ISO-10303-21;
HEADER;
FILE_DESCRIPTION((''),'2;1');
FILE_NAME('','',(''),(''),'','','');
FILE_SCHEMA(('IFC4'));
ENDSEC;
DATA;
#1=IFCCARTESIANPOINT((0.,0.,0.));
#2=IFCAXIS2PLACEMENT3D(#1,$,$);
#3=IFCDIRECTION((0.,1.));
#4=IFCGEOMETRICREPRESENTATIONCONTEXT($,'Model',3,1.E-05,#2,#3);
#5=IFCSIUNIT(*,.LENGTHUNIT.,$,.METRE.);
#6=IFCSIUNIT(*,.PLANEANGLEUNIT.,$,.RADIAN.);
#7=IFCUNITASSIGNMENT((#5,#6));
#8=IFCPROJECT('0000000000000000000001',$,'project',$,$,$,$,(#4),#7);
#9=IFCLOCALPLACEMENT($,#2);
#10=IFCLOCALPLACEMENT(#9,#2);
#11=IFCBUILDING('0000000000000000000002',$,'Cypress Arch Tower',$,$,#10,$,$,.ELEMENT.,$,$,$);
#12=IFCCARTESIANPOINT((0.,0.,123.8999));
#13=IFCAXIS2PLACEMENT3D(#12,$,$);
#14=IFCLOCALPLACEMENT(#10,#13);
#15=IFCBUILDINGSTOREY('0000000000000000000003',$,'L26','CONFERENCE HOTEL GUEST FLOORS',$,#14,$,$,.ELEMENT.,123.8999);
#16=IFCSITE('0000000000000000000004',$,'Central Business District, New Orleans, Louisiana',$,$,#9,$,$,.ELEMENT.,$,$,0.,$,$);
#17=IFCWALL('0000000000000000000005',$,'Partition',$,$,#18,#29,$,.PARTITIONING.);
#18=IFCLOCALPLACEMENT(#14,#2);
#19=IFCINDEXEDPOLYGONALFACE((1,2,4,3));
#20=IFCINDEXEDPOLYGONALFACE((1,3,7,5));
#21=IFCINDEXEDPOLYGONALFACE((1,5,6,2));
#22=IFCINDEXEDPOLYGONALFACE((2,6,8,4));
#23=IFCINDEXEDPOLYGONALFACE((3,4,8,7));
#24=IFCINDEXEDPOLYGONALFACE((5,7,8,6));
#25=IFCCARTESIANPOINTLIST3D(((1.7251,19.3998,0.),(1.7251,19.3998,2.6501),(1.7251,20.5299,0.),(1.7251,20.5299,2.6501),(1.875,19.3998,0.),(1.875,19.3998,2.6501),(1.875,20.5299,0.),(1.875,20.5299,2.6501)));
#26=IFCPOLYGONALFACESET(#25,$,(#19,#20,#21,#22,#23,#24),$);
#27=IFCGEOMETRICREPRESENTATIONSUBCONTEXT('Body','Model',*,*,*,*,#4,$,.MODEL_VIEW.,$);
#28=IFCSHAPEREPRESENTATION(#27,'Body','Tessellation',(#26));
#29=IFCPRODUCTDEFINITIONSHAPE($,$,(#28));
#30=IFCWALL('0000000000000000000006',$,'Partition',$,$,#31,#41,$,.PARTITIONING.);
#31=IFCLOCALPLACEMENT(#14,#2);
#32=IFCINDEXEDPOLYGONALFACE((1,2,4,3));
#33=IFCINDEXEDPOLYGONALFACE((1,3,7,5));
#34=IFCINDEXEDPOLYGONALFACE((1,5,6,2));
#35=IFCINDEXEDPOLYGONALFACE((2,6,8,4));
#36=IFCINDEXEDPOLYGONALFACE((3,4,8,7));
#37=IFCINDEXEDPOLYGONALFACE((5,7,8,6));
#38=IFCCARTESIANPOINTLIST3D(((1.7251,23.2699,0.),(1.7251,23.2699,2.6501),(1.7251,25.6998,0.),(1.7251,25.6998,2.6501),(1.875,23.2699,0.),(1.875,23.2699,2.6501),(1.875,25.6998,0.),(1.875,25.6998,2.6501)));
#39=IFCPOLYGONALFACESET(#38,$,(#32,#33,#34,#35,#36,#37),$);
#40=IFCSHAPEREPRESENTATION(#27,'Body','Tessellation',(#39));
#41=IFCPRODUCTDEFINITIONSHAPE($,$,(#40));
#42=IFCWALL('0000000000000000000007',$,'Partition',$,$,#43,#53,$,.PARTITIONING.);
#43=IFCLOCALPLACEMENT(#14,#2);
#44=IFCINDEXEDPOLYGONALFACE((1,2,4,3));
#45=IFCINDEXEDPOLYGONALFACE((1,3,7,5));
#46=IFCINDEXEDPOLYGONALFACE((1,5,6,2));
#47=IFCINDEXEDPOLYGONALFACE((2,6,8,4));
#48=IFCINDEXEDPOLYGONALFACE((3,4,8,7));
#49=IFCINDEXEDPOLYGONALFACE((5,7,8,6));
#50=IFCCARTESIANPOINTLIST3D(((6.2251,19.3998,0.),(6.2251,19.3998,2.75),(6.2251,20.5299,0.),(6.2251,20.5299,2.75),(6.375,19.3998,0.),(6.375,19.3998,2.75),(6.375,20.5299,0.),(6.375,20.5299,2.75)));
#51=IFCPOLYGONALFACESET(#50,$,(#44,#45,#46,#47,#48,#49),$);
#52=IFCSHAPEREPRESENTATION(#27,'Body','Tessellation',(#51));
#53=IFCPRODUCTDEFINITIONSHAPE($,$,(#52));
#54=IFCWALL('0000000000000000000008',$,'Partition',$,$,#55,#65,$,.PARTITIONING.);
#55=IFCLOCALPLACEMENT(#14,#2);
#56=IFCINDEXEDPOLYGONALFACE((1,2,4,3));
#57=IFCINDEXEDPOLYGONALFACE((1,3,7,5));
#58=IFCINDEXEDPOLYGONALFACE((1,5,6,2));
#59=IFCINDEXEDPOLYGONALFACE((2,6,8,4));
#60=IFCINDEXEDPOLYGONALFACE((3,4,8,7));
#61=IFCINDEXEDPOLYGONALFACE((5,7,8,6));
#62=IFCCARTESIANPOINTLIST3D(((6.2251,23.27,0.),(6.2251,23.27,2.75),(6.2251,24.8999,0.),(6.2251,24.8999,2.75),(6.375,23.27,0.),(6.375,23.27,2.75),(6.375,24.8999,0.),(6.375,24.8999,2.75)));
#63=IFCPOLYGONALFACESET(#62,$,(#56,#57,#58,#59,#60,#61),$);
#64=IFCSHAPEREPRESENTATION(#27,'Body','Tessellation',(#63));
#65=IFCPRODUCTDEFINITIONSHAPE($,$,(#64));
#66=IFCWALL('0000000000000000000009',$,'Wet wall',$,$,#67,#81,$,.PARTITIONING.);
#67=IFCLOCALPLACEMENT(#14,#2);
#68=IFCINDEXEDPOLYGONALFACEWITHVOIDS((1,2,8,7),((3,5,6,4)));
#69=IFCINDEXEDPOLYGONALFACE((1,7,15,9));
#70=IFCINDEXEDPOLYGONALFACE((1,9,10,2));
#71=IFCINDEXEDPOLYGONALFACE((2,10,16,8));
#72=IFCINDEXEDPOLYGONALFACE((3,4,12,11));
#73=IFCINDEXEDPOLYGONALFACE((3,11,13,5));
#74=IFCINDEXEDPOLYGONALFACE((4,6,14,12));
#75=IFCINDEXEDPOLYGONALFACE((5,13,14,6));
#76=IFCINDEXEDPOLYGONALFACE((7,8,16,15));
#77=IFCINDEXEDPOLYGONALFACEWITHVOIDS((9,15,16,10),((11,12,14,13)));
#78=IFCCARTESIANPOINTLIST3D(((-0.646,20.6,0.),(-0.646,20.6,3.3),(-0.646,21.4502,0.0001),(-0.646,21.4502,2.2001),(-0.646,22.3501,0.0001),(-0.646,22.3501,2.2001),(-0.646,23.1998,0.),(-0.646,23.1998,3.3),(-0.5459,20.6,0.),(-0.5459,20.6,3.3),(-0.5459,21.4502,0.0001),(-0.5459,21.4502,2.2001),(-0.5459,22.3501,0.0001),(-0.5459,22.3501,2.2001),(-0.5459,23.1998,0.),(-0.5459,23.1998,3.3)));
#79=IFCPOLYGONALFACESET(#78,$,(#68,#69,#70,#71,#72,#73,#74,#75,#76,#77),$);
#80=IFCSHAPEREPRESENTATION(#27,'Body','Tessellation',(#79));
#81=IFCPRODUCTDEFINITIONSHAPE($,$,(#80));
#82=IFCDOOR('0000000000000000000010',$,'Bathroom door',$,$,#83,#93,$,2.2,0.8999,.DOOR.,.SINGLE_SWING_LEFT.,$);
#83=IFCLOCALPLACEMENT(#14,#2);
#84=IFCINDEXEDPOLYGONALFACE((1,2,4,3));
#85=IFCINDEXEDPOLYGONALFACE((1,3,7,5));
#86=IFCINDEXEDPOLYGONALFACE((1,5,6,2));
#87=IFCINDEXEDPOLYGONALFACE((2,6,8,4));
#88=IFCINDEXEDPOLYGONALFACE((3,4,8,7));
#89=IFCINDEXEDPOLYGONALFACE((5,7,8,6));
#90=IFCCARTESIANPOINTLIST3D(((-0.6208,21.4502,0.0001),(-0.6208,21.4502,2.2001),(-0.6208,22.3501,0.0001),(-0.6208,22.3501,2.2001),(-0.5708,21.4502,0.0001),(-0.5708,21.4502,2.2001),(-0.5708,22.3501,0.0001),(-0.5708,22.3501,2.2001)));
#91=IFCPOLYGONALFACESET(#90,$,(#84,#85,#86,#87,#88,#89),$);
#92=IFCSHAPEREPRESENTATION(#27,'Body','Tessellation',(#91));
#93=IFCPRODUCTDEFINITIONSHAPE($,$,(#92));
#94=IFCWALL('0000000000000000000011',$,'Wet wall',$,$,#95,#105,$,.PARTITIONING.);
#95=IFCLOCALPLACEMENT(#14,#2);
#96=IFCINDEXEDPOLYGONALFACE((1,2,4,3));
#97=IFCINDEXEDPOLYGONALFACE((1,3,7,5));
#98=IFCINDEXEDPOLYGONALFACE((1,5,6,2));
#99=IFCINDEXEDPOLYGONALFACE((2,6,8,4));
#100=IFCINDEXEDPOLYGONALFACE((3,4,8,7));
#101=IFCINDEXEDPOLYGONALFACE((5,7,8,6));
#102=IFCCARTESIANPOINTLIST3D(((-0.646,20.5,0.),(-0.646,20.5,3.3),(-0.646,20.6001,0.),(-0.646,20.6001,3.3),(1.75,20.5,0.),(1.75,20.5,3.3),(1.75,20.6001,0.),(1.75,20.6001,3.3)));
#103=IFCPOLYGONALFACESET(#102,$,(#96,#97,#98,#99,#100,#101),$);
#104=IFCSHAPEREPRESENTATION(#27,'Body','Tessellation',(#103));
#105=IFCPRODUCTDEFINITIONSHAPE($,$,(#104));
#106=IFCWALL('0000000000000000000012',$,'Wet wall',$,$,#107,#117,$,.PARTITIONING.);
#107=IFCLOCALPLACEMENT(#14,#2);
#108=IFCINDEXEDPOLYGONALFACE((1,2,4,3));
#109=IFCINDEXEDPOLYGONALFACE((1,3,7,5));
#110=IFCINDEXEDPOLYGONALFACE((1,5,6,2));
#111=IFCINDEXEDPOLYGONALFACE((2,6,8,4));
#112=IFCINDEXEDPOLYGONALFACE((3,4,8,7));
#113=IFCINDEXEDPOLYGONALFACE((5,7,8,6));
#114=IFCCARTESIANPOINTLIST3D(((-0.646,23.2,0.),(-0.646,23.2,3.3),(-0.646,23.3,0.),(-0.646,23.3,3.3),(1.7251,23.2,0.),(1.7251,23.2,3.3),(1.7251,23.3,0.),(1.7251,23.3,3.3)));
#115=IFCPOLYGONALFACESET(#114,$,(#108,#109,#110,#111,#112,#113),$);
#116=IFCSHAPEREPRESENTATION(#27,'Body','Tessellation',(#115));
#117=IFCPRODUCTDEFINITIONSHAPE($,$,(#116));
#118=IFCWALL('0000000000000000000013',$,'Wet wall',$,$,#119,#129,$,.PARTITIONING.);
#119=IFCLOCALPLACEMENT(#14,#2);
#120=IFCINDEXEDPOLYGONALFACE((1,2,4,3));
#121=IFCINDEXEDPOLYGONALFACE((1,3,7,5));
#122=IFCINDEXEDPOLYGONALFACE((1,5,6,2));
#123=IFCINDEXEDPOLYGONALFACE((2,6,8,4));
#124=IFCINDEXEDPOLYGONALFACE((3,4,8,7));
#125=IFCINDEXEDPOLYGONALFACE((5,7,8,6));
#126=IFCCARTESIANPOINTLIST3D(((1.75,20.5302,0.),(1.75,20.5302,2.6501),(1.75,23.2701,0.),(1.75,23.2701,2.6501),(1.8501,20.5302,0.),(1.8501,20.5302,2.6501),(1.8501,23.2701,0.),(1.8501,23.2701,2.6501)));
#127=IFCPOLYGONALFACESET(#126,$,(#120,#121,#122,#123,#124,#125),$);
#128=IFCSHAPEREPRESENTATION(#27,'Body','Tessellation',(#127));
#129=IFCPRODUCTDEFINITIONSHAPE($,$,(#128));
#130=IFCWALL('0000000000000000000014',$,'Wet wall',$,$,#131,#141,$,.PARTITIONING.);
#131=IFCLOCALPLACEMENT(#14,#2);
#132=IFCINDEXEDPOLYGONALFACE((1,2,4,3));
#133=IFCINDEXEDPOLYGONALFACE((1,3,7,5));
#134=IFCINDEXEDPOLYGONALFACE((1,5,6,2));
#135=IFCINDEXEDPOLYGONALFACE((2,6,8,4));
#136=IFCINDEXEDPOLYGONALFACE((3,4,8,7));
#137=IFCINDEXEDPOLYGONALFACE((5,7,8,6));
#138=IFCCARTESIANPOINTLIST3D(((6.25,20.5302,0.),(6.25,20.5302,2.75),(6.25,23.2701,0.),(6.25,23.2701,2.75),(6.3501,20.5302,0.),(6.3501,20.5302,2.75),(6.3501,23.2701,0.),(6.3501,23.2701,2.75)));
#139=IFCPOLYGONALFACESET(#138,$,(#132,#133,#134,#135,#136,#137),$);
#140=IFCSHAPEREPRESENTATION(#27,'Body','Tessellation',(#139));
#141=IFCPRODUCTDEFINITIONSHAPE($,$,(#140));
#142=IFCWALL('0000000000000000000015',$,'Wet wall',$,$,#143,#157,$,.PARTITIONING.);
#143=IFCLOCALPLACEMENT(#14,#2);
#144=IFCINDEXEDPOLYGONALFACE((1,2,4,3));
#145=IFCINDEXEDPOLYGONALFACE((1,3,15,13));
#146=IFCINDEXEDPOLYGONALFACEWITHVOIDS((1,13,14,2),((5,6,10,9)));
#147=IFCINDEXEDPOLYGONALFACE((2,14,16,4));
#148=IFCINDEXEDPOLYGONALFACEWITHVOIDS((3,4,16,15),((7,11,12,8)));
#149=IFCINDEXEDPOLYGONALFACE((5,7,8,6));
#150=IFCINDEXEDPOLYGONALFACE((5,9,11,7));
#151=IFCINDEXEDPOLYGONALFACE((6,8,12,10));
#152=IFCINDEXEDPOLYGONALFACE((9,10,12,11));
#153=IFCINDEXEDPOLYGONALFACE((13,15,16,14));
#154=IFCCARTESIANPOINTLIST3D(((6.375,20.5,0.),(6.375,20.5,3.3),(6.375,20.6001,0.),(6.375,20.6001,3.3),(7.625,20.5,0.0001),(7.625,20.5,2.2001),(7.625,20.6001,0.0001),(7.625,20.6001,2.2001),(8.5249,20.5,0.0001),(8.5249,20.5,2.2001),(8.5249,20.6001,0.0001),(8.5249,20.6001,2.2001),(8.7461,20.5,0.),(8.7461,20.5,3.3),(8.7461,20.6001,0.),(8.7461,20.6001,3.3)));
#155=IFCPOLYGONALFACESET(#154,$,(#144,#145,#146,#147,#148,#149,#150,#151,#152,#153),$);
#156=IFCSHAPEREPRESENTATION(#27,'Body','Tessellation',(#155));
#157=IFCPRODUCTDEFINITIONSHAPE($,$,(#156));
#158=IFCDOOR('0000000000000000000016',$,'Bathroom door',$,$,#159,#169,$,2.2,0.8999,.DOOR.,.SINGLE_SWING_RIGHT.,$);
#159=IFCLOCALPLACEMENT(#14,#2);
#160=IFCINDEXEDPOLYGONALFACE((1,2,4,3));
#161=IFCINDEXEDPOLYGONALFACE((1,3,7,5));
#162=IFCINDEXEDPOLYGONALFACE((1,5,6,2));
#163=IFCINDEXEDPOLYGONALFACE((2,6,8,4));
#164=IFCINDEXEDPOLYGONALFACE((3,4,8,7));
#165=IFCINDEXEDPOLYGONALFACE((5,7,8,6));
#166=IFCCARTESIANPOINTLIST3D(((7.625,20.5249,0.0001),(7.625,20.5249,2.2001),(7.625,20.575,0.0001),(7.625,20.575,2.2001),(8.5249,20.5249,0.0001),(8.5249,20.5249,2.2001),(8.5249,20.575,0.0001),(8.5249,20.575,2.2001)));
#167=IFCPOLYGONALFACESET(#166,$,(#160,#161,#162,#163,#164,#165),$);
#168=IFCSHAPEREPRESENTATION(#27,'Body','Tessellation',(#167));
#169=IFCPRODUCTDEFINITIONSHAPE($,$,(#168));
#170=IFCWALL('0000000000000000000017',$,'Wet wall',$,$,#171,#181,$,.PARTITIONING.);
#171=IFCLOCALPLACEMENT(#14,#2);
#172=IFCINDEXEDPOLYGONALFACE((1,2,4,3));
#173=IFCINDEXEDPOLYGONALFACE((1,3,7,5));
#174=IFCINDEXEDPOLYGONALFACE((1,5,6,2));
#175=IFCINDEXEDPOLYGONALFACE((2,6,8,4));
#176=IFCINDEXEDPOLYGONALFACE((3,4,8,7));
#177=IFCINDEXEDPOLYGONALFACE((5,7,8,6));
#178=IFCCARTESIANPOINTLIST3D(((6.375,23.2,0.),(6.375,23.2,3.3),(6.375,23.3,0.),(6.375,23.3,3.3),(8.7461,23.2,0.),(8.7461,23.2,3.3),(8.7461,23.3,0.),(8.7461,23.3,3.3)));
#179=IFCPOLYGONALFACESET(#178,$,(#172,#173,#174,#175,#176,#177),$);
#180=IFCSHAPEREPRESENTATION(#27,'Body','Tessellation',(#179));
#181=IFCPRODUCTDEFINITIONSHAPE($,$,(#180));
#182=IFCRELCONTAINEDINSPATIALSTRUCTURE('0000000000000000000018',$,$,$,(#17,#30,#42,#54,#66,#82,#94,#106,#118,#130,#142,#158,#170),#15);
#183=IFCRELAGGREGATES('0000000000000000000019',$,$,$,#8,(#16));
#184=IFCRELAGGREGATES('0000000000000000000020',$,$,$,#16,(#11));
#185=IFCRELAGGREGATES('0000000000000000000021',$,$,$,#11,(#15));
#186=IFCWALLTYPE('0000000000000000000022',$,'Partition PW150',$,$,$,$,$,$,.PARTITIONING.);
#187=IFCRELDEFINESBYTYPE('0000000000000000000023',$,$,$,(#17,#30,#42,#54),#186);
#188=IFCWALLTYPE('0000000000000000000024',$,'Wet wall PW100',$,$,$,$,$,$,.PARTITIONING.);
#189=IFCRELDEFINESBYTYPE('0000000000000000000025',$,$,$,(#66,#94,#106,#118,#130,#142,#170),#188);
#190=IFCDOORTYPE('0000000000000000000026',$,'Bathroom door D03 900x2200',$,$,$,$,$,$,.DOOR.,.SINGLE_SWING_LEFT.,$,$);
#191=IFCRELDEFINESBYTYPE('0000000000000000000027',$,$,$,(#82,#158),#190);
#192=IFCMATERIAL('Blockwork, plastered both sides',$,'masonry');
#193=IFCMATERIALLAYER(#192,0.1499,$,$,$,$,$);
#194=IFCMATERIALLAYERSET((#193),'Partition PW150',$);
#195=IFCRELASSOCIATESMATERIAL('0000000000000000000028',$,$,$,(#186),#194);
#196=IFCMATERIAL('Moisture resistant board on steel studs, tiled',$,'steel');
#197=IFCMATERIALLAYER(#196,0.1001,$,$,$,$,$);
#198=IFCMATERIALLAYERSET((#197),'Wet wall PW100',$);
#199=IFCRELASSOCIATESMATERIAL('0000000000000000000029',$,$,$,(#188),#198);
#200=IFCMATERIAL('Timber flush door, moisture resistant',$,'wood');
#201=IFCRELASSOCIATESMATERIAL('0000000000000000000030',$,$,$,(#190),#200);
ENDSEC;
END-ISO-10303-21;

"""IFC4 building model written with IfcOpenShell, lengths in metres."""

from ifc_helpers import new_model, si_unit, direction, frame, frame_2d, origin, place, context, subcontext, project, spatial, rectangle, extrude, material, layer, layer_set, type_object, element, fill, save


model = new_model("IFC4")

# Units and contexts
model_context = context("Model", 3, precision=1e-05, world=origin(), true_north=direction((0.0, 1.0)))
body_context = subcontext(model_context, "Body", "Model", "MODEL_VIEW")
ifc_project = project(units=[si_unit("LENGTHUNIT", "METRE"), si_unit("PLANEANGLEUNIT", "RADIAN")], contexts=[model_context])

# Site, building, storey
site_placement = place(None, origin())
site = spatial("IfcSite", under=ifc_project, at=site_placement, Name="Central Business District, New Orleans, Louisiana", CompositionType="ELEMENT", RefElevation=0.0)
building_placement = place(site_placement, origin())
building = spatial("IfcBuilding", under=site, at=building_placement, Name="Cypress Arch Tower", CompositionType="ELEMENT")
storey_placement = place(building_placement, frame((0.0, 0.0, 123.8999)))
storey = spatial("IfcBuildingStorey", under=building, at=storey_placement, Name="L26", Description="CONFERENCE HOTEL GUEST FLOORS", CompositionType="ELEMENT", Elevation=123.8999)

# Walls
ifc_material_1 = material(Name="Blockwork, plastered both sides", Category="masonry")
ifc_layer_1 = layer(ifc_material_1, 0.1499)
ifc_layer_set_1 = layer_set([ifc_layer_1], Name="Partition PW150")
wall_type_1 = type_object("IfcWallType", Name="Partition PW150", PredefinedType="PARTITIONING", material=ifc_layer_set_1)
wall_1_placement = place(storey_placement, frame((1.8, 19.3999, 0.0), z_axis=(0.0, 0.0, 1.0), x_axis=(0.0, 1.0, 0.0)))
element("IfcWall", 1, at=wall_1_placement, inside=storey, type_object=wall_type_1, Name="Partition", PredefinedType="PARTITIONING", context=body_context, shape_type="SweptSolid", body=[
    extrude(rectangle(XDim=1.1301, YDim=0.1499, at=frame_2d((0.5649, 0.0))), origin(), (0.0, 0.0, 1.0), 2.6501),
])
wall_2_placement = place(storey_placement, frame((1.8, 23.27, 0.0), z_axis=(0.0, 0.0, 1.0), x_axis=(0.0, 1.0, 0.0)))
element("IfcWall", 2, at=wall_2_placement, inside=storey, type_object=wall_type_1, Name="Partition", PredefinedType="PARTITIONING", context=body_context, shape_type="SweptSolid", body=[
    extrude(rectangle(XDim=2.4299, YDim=0.1499, at=frame_2d((1.2148, 0.0))), origin(), (0.0, 0.0, 1.0), 2.6501),
])
wall_3_placement = place(storey_placement, frame((6.3, 19.3999, 0.0), z_axis=(0.0, 0.0, 1.0), x_axis=(0.0, 1.0, 0.0)))
element("IfcWall", 3, at=wall_3_placement, inside=storey, type_object=wall_type_1, Name="Partition", PredefinedType="PARTITIONING", context=body_context, shape_type="SweptSolid", body=[
    extrude(rectangle(XDim=1.1301, YDim=0.1499, at=frame_2d((0.5649, 0.0))), origin(), (0.0, 0.0, 1.0), 2.75),
])
wall_4_placement = place(storey_placement, frame((6.3, 23.27, 0.0), z_axis=(0.0, 0.0, 1.0), x_axis=(0.0, 1.0, 0.0)))
element("IfcWall", 4, at=wall_4_placement, inside=storey, type_object=wall_type_1, Name="Partition", PredefinedType="PARTITIONING", context=body_context, shape_type="SweptSolid", body=[
    extrude(rectangle(XDim=1.6299, YDim=0.1499, at=frame_2d((0.8149, 0.0))), origin(), (0.0, 0.0, 1.0), 2.75),
])

# Wall, opening, door
ifc_material_2 = material(Name="Moisture resistant board on steel studs, tiled", Category="steel")
ifc_layer_2 = layer(ifc_material_2, 0.1001)
ifc_layer_set_2 = layer_set([ifc_layer_2], Name="Wet wall PW100")
wall_type_2 = type_object("IfcWallType", Name="Wet wall PW100", PredefinedType="PARTITIONING", material=ifc_layer_set_2)
wall_5_placement = place(storey_placement, frame((-0.5959, 20.6001, 0.0), z_axis=(0.0, 0.0, 1.0), x_axis=(0.0, 1.0, 0.0)))
wall_5 = element("IfcWall", 5, at=wall_5_placement, inside=storey, type_object=wall_type_2, Name="Wet wall", PredefinedType="PARTITIONING", context=body_context, shape_type="SweptSolid", body=[
    extrude(rectangle(XDim=2.5999, YDim=0.1001, at=frame_2d((1.2998, 0.0))), origin(), (0.0, 0.0, 1.0), 3.3),
])
opening_1_placement = place(wall_5_placement, frame((0.8501, 0.0, 0.0)))
opening_1 = element("IfcOpeningElement", 6, at=opening_1_placement, cuts=wall_5, PredefinedType="OPENING", context=body_context, shape_type="SweptSolid", body=[
    extrude(rectangle(XDim=0.8999, YDim=2.2, at=frame_2d((0.45, 1.1001))), frame((0.0, 0.0601, 0.0), z_axis=(0.0, -1.0, 0.0), x_axis=(1.0, 0.0, 0.0)), (0.0, 0.0, 1.0), 0.1201),
])
ifc_material_3 = material(Name="Timber flush door, moisture resistant", Category="wood")
door_type_1 = type_object("IfcDoorType", Name="Bathroom door D03 900x2200", OperationType="SINGLE_SWING_LEFT", PredefinedType="DOOR", material=ifc_material_3)
door_1_placement = place(opening_1_placement, origin())
door_1 = element("IfcDoor", 7, at=door_1_placement, inside=storey, type_object=door_type_1, Name="Bathroom door", OperationType="SINGLE_SWING_LEFT", OverallHeight=2.2, OverallWidth=0.8999, PredefinedType="DOOR", context=body_context, shape_type="SweptSolid", body=[
    extrude(rectangle(XDim=0.8999, YDim=2.2, at=frame_2d((0.45, 1.1001))), frame((0.0, 0.0249, 0.0), z_axis=(0.0, -1.0, 0.0), x_axis=(1.0, 0.0, 0.0)), (0.0, 0.0, 1.0), 0.05),
])
fill(opening_1, door_1)

# Walls
wall_6_placement = place(storey_placement, frame((-0.646, 20.55, 0.0), z_axis=(0.0, 0.0, 1.0), x_axis=(1.0, 0.0, 0.0)))
element("IfcWall", 8, at=wall_6_placement, inside=storey, type_object=wall_type_2, Name="Wet wall", PredefinedType="PARTITIONING", context=body_context, shape_type="SweptSolid", body=[
    extrude(rectangle(XDim=2.396, YDim=0.1001, at=frame_2d((1.198, 0.0))), origin(), (0.0, 0.0, 1.0), 3.3),
])
wall_7_placement = place(storey_placement, frame((-0.646, 23.25, 0.0), z_axis=(0.0, 0.0, 1.0), x_axis=(1.0, 0.0, 0.0)))
element("IfcWall", 9, at=wall_7_placement, inside=storey, type_object=wall_type_2, Name="Wet wall", PredefinedType="PARTITIONING", context=body_context, shape_type="SweptSolid", body=[
    extrude(rectangle(XDim=2.3711, YDim=0.1001, at=frame_2d((1.1855, 0.0))), origin(), (0.0, 0.0, 1.0), 3.3),
])
wall_8_placement = place(storey_placement, frame((1.8, 20.53, 0.0), z_axis=(0.0, 0.0, 1.0), x_axis=(0.0, 1.0, 0.0)))
element("IfcWall", 10, at=wall_8_placement, inside=storey, type_object=wall_type_2, Name="Wet wall", PredefinedType="PARTITIONING", context=body_context, shape_type="SweptSolid", body=[
    extrude(rectangle(XDim=2.74, YDim=0.1001, at=frame_2d((1.3701, 0.0))), origin(), (0.0, 0.0, 1.0), 2.6501),
])
wall_9_placement = place(storey_placement, frame((6.3, 20.53, 0.0), z_axis=(0.0, 0.0, 1.0), x_axis=(0.0, 1.0, 0.0)))
element("IfcWall", 11, at=wall_9_placement, inside=storey, type_object=wall_type_2, Name="Wet wall", PredefinedType="PARTITIONING", context=body_context, shape_type="SweptSolid", body=[
    extrude(rectangle(XDim=2.74, YDim=0.1001, at=frame_2d((1.3701, 0.0))), origin(), (0.0, 0.0, 1.0), 2.75),
])

# Wall, opening, door
wall_10_placement = place(storey_placement, frame((6.375, 20.55, 0.0), z_axis=(0.0, 0.0, 1.0), x_axis=(1.0, 0.0, 0.0)))
wall_10 = element("IfcWall", 12, at=wall_10_placement, inside=storey, type_object=wall_type_2, Name="Wet wall", PredefinedType="PARTITIONING", context=body_context, shape_type="SweptSolid", body=[
    extrude(rectangle(XDim=2.3711, YDim=0.1001, at=frame_2d((1.1855, 0.0))), origin(), (0.0, 0.0, 1.0), 3.3),
])
opening_2_placement = place(wall_10_placement, frame((1.25, 0.0, 0.0)))
opening_2 = element("IfcOpeningElement", 13, at=opening_2_placement, cuts=wall_10, PredefinedType="OPENING", context=body_context, shape_type="SweptSolid", body=[
    extrude(rectangle(XDim=0.8999, YDim=2.2, at=frame_2d((0.45, 1.1001))), frame((0.0, 0.0601, 0.0), z_axis=(0.0, -1.0, 0.0), x_axis=(1.0, 0.0, 0.0)), (0.0, 0.0, 1.0), 0.1201),
])
door_2_placement = place(opening_2_placement, origin())
door_2 = element("IfcDoor", 14, at=door_2_placement, inside=storey, type_object=door_type_1, Name="Bathroom door", OperationType="SINGLE_SWING_RIGHT", OverallHeight=2.2, OverallWidth=0.8999, PredefinedType="DOOR", context=body_context, shape_type="SweptSolid", body=[
    extrude(rectangle(XDim=0.8999, YDim=2.2, at=frame_2d((0.45, 1.1001))), frame((0.0, 0.0249, 0.0), z_axis=(0.0, -1.0, 0.0), x_axis=(1.0, 0.0, 0.0)), (0.0, 0.0, 1.0), 0.05),
])
fill(opening_2, door_2)

# Wall
wall_11_placement = place(storey_placement, frame((6.375, 23.25, 0.0), z_axis=(0.0, 0.0, 1.0), x_axis=(1.0, 0.0, 0.0)))
element("IfcWall", 15, at=wall_11_placement, inside=storey, type_object=wall_type_2, Name="Wet wall", PredefinedType="PARTITIONING", context=body_context, shape_type="SweptSolid", body=[
    extrude(rectangle(XDim=2.3711, YDim=0.1001, at=frame_2d((1.1855, 0.0))), origin(), (0.0, 0.0, 1.0), 3.3),
])

save(model, "model.ifc")
